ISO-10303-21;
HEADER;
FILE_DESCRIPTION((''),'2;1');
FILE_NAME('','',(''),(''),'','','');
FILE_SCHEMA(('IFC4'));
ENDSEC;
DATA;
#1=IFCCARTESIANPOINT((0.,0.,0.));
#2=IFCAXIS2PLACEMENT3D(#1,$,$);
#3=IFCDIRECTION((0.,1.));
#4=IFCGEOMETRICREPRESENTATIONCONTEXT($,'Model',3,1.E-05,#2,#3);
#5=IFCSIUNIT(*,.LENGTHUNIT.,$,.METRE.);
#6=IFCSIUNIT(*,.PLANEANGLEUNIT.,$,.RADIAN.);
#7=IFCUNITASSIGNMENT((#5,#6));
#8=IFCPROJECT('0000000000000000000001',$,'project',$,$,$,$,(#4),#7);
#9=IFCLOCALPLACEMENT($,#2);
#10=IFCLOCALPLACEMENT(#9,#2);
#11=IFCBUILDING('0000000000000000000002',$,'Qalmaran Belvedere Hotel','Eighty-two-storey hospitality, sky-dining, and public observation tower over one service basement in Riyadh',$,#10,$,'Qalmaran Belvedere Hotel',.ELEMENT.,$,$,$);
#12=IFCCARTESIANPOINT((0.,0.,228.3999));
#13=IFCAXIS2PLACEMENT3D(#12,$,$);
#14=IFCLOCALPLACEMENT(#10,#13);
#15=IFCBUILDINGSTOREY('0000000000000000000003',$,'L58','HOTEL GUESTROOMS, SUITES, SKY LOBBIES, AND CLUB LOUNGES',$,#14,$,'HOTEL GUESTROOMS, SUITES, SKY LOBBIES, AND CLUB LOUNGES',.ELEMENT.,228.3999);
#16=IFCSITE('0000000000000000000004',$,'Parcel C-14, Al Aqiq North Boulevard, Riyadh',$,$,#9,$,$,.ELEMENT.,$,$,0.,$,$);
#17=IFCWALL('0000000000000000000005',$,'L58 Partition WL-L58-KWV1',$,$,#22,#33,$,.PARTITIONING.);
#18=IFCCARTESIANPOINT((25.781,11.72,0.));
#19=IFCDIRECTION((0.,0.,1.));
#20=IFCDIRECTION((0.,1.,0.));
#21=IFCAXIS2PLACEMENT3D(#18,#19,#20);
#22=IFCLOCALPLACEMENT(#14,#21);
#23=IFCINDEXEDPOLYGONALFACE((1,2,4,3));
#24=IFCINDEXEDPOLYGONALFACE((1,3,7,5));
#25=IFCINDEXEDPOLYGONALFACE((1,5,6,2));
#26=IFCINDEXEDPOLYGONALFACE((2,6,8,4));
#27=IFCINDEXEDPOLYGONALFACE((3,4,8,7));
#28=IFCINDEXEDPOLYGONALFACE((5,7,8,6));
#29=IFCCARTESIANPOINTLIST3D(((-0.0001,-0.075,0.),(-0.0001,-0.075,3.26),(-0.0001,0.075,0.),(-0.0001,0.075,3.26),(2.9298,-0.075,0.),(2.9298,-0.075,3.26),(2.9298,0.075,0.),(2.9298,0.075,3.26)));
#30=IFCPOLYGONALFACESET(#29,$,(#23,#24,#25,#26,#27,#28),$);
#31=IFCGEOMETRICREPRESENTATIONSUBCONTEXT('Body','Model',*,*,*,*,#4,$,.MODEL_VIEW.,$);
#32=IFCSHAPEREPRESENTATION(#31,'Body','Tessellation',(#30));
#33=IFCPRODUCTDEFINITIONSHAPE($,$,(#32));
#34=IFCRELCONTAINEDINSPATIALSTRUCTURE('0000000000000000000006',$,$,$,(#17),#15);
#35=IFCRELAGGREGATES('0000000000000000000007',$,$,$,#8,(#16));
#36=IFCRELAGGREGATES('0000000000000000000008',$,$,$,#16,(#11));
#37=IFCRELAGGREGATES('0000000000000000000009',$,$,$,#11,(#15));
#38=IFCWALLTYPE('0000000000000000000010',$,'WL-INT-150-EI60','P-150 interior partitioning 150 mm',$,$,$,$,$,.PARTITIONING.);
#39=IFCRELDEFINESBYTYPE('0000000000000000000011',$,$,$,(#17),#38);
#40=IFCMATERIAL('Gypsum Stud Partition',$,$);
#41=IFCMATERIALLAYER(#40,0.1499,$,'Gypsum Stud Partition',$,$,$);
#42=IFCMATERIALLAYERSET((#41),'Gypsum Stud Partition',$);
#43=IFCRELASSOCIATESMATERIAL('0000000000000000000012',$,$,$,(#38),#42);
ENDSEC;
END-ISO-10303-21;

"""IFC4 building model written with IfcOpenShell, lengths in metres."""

from ifc_helpers import new_model, si_unit, direction, frame, frame_2d, origin, place, context, subcontext, project, spatial, rectangle, extrude, material, layer, layer_set, type_object, element, save


model = new_model("IFC4")

# Units and contexts
model_context = context("Model", 3, precision=1e-05, world=origin(), true_north=direction((0.0, 1.0)))
body_context = subcontext(model_context, "Body", "Model", "MODEL_VIEW")
ifc_project = project(units=[si_unit("LENGTHUNIT", "METRE"), si_unit("PLANEANGLEUNIT", "RADIAN")], contexts=[model_context])

# Site, building, storey
site_placement = place(None, origin())
site = spatial("IfcSite", under=ifc_project, at=site_placement, Name="Parcel C-14, Al Aqiq North Boulevard, Riyadh", CompositionType="ELEMENT", RefElevation=0.0)
building_placement = place(site_placement, origin())
building = spatial("IfcBuilding", under=site, at=building_placement, Name="Qalmaran Belvedere Hotel", Description="Eighty-two-storey hospitality, sky-dining, and public observation tower over one service basement in Riyadh", LongName="Qalmaran Belvedere Hotel", CompositionType="ELEMENT")
storey_placement = place(building_placement, frame((0.0, 0.0, 228.3999)))
storey = spatial("IfcBuildingStorey", under=building, at=storey_placement, Name="L58", Description="HOTEL GUESTROOMS, SUITES, SKY LOBBIES, AND CLUB LOUNGES", LongName="HOTEL GUESTROOMS, SUITES, SKY LOBBIES, AND CLUB LOUNGES", CompositionType="ELEMENT", Elevation=228.3999)

# Wall
ifc_material_1 = material(Name="Gypsum Stud Partition")
ifc_layer_1 = layer(ifc_material_1, 0.1499, Name="Gypsum Stud Partition")
ifc_layer_set_1 = layer_set([ifc_layer_1], Name="Gypsum Stud Partition")
wall_type_1 = type_object("IfcWallType", Name="WL-INT-150-EI60", Description="P-150 interior partitioning 150 mm", PredefinedType="PARTITIONING", material=ifc_layer_set_1)
wall_1_placement = place(storey_placement, frame((25.781, 11.72, 0.0), z_axis=(0.0, 0.0, 1.0), x_axis=(0.0, 1.0, 0.0)))
element("IfcWall", 1, at=wall_1_placement, inside=storey, type_object=wall_type_1, Name="L58 Partition WL-L58-KWV1", PredefinedType="PARTITIONING", context=body_context, shape_type="SweptSolid", body=[
    extrude(rectangle(XDim=2.9299, YDim=0.1499, at=frame_2d((1.4648, 0.0))), origin(), (0.0, 0.0, 1.0), 3.26),
])

save(model, "model.ifc")
